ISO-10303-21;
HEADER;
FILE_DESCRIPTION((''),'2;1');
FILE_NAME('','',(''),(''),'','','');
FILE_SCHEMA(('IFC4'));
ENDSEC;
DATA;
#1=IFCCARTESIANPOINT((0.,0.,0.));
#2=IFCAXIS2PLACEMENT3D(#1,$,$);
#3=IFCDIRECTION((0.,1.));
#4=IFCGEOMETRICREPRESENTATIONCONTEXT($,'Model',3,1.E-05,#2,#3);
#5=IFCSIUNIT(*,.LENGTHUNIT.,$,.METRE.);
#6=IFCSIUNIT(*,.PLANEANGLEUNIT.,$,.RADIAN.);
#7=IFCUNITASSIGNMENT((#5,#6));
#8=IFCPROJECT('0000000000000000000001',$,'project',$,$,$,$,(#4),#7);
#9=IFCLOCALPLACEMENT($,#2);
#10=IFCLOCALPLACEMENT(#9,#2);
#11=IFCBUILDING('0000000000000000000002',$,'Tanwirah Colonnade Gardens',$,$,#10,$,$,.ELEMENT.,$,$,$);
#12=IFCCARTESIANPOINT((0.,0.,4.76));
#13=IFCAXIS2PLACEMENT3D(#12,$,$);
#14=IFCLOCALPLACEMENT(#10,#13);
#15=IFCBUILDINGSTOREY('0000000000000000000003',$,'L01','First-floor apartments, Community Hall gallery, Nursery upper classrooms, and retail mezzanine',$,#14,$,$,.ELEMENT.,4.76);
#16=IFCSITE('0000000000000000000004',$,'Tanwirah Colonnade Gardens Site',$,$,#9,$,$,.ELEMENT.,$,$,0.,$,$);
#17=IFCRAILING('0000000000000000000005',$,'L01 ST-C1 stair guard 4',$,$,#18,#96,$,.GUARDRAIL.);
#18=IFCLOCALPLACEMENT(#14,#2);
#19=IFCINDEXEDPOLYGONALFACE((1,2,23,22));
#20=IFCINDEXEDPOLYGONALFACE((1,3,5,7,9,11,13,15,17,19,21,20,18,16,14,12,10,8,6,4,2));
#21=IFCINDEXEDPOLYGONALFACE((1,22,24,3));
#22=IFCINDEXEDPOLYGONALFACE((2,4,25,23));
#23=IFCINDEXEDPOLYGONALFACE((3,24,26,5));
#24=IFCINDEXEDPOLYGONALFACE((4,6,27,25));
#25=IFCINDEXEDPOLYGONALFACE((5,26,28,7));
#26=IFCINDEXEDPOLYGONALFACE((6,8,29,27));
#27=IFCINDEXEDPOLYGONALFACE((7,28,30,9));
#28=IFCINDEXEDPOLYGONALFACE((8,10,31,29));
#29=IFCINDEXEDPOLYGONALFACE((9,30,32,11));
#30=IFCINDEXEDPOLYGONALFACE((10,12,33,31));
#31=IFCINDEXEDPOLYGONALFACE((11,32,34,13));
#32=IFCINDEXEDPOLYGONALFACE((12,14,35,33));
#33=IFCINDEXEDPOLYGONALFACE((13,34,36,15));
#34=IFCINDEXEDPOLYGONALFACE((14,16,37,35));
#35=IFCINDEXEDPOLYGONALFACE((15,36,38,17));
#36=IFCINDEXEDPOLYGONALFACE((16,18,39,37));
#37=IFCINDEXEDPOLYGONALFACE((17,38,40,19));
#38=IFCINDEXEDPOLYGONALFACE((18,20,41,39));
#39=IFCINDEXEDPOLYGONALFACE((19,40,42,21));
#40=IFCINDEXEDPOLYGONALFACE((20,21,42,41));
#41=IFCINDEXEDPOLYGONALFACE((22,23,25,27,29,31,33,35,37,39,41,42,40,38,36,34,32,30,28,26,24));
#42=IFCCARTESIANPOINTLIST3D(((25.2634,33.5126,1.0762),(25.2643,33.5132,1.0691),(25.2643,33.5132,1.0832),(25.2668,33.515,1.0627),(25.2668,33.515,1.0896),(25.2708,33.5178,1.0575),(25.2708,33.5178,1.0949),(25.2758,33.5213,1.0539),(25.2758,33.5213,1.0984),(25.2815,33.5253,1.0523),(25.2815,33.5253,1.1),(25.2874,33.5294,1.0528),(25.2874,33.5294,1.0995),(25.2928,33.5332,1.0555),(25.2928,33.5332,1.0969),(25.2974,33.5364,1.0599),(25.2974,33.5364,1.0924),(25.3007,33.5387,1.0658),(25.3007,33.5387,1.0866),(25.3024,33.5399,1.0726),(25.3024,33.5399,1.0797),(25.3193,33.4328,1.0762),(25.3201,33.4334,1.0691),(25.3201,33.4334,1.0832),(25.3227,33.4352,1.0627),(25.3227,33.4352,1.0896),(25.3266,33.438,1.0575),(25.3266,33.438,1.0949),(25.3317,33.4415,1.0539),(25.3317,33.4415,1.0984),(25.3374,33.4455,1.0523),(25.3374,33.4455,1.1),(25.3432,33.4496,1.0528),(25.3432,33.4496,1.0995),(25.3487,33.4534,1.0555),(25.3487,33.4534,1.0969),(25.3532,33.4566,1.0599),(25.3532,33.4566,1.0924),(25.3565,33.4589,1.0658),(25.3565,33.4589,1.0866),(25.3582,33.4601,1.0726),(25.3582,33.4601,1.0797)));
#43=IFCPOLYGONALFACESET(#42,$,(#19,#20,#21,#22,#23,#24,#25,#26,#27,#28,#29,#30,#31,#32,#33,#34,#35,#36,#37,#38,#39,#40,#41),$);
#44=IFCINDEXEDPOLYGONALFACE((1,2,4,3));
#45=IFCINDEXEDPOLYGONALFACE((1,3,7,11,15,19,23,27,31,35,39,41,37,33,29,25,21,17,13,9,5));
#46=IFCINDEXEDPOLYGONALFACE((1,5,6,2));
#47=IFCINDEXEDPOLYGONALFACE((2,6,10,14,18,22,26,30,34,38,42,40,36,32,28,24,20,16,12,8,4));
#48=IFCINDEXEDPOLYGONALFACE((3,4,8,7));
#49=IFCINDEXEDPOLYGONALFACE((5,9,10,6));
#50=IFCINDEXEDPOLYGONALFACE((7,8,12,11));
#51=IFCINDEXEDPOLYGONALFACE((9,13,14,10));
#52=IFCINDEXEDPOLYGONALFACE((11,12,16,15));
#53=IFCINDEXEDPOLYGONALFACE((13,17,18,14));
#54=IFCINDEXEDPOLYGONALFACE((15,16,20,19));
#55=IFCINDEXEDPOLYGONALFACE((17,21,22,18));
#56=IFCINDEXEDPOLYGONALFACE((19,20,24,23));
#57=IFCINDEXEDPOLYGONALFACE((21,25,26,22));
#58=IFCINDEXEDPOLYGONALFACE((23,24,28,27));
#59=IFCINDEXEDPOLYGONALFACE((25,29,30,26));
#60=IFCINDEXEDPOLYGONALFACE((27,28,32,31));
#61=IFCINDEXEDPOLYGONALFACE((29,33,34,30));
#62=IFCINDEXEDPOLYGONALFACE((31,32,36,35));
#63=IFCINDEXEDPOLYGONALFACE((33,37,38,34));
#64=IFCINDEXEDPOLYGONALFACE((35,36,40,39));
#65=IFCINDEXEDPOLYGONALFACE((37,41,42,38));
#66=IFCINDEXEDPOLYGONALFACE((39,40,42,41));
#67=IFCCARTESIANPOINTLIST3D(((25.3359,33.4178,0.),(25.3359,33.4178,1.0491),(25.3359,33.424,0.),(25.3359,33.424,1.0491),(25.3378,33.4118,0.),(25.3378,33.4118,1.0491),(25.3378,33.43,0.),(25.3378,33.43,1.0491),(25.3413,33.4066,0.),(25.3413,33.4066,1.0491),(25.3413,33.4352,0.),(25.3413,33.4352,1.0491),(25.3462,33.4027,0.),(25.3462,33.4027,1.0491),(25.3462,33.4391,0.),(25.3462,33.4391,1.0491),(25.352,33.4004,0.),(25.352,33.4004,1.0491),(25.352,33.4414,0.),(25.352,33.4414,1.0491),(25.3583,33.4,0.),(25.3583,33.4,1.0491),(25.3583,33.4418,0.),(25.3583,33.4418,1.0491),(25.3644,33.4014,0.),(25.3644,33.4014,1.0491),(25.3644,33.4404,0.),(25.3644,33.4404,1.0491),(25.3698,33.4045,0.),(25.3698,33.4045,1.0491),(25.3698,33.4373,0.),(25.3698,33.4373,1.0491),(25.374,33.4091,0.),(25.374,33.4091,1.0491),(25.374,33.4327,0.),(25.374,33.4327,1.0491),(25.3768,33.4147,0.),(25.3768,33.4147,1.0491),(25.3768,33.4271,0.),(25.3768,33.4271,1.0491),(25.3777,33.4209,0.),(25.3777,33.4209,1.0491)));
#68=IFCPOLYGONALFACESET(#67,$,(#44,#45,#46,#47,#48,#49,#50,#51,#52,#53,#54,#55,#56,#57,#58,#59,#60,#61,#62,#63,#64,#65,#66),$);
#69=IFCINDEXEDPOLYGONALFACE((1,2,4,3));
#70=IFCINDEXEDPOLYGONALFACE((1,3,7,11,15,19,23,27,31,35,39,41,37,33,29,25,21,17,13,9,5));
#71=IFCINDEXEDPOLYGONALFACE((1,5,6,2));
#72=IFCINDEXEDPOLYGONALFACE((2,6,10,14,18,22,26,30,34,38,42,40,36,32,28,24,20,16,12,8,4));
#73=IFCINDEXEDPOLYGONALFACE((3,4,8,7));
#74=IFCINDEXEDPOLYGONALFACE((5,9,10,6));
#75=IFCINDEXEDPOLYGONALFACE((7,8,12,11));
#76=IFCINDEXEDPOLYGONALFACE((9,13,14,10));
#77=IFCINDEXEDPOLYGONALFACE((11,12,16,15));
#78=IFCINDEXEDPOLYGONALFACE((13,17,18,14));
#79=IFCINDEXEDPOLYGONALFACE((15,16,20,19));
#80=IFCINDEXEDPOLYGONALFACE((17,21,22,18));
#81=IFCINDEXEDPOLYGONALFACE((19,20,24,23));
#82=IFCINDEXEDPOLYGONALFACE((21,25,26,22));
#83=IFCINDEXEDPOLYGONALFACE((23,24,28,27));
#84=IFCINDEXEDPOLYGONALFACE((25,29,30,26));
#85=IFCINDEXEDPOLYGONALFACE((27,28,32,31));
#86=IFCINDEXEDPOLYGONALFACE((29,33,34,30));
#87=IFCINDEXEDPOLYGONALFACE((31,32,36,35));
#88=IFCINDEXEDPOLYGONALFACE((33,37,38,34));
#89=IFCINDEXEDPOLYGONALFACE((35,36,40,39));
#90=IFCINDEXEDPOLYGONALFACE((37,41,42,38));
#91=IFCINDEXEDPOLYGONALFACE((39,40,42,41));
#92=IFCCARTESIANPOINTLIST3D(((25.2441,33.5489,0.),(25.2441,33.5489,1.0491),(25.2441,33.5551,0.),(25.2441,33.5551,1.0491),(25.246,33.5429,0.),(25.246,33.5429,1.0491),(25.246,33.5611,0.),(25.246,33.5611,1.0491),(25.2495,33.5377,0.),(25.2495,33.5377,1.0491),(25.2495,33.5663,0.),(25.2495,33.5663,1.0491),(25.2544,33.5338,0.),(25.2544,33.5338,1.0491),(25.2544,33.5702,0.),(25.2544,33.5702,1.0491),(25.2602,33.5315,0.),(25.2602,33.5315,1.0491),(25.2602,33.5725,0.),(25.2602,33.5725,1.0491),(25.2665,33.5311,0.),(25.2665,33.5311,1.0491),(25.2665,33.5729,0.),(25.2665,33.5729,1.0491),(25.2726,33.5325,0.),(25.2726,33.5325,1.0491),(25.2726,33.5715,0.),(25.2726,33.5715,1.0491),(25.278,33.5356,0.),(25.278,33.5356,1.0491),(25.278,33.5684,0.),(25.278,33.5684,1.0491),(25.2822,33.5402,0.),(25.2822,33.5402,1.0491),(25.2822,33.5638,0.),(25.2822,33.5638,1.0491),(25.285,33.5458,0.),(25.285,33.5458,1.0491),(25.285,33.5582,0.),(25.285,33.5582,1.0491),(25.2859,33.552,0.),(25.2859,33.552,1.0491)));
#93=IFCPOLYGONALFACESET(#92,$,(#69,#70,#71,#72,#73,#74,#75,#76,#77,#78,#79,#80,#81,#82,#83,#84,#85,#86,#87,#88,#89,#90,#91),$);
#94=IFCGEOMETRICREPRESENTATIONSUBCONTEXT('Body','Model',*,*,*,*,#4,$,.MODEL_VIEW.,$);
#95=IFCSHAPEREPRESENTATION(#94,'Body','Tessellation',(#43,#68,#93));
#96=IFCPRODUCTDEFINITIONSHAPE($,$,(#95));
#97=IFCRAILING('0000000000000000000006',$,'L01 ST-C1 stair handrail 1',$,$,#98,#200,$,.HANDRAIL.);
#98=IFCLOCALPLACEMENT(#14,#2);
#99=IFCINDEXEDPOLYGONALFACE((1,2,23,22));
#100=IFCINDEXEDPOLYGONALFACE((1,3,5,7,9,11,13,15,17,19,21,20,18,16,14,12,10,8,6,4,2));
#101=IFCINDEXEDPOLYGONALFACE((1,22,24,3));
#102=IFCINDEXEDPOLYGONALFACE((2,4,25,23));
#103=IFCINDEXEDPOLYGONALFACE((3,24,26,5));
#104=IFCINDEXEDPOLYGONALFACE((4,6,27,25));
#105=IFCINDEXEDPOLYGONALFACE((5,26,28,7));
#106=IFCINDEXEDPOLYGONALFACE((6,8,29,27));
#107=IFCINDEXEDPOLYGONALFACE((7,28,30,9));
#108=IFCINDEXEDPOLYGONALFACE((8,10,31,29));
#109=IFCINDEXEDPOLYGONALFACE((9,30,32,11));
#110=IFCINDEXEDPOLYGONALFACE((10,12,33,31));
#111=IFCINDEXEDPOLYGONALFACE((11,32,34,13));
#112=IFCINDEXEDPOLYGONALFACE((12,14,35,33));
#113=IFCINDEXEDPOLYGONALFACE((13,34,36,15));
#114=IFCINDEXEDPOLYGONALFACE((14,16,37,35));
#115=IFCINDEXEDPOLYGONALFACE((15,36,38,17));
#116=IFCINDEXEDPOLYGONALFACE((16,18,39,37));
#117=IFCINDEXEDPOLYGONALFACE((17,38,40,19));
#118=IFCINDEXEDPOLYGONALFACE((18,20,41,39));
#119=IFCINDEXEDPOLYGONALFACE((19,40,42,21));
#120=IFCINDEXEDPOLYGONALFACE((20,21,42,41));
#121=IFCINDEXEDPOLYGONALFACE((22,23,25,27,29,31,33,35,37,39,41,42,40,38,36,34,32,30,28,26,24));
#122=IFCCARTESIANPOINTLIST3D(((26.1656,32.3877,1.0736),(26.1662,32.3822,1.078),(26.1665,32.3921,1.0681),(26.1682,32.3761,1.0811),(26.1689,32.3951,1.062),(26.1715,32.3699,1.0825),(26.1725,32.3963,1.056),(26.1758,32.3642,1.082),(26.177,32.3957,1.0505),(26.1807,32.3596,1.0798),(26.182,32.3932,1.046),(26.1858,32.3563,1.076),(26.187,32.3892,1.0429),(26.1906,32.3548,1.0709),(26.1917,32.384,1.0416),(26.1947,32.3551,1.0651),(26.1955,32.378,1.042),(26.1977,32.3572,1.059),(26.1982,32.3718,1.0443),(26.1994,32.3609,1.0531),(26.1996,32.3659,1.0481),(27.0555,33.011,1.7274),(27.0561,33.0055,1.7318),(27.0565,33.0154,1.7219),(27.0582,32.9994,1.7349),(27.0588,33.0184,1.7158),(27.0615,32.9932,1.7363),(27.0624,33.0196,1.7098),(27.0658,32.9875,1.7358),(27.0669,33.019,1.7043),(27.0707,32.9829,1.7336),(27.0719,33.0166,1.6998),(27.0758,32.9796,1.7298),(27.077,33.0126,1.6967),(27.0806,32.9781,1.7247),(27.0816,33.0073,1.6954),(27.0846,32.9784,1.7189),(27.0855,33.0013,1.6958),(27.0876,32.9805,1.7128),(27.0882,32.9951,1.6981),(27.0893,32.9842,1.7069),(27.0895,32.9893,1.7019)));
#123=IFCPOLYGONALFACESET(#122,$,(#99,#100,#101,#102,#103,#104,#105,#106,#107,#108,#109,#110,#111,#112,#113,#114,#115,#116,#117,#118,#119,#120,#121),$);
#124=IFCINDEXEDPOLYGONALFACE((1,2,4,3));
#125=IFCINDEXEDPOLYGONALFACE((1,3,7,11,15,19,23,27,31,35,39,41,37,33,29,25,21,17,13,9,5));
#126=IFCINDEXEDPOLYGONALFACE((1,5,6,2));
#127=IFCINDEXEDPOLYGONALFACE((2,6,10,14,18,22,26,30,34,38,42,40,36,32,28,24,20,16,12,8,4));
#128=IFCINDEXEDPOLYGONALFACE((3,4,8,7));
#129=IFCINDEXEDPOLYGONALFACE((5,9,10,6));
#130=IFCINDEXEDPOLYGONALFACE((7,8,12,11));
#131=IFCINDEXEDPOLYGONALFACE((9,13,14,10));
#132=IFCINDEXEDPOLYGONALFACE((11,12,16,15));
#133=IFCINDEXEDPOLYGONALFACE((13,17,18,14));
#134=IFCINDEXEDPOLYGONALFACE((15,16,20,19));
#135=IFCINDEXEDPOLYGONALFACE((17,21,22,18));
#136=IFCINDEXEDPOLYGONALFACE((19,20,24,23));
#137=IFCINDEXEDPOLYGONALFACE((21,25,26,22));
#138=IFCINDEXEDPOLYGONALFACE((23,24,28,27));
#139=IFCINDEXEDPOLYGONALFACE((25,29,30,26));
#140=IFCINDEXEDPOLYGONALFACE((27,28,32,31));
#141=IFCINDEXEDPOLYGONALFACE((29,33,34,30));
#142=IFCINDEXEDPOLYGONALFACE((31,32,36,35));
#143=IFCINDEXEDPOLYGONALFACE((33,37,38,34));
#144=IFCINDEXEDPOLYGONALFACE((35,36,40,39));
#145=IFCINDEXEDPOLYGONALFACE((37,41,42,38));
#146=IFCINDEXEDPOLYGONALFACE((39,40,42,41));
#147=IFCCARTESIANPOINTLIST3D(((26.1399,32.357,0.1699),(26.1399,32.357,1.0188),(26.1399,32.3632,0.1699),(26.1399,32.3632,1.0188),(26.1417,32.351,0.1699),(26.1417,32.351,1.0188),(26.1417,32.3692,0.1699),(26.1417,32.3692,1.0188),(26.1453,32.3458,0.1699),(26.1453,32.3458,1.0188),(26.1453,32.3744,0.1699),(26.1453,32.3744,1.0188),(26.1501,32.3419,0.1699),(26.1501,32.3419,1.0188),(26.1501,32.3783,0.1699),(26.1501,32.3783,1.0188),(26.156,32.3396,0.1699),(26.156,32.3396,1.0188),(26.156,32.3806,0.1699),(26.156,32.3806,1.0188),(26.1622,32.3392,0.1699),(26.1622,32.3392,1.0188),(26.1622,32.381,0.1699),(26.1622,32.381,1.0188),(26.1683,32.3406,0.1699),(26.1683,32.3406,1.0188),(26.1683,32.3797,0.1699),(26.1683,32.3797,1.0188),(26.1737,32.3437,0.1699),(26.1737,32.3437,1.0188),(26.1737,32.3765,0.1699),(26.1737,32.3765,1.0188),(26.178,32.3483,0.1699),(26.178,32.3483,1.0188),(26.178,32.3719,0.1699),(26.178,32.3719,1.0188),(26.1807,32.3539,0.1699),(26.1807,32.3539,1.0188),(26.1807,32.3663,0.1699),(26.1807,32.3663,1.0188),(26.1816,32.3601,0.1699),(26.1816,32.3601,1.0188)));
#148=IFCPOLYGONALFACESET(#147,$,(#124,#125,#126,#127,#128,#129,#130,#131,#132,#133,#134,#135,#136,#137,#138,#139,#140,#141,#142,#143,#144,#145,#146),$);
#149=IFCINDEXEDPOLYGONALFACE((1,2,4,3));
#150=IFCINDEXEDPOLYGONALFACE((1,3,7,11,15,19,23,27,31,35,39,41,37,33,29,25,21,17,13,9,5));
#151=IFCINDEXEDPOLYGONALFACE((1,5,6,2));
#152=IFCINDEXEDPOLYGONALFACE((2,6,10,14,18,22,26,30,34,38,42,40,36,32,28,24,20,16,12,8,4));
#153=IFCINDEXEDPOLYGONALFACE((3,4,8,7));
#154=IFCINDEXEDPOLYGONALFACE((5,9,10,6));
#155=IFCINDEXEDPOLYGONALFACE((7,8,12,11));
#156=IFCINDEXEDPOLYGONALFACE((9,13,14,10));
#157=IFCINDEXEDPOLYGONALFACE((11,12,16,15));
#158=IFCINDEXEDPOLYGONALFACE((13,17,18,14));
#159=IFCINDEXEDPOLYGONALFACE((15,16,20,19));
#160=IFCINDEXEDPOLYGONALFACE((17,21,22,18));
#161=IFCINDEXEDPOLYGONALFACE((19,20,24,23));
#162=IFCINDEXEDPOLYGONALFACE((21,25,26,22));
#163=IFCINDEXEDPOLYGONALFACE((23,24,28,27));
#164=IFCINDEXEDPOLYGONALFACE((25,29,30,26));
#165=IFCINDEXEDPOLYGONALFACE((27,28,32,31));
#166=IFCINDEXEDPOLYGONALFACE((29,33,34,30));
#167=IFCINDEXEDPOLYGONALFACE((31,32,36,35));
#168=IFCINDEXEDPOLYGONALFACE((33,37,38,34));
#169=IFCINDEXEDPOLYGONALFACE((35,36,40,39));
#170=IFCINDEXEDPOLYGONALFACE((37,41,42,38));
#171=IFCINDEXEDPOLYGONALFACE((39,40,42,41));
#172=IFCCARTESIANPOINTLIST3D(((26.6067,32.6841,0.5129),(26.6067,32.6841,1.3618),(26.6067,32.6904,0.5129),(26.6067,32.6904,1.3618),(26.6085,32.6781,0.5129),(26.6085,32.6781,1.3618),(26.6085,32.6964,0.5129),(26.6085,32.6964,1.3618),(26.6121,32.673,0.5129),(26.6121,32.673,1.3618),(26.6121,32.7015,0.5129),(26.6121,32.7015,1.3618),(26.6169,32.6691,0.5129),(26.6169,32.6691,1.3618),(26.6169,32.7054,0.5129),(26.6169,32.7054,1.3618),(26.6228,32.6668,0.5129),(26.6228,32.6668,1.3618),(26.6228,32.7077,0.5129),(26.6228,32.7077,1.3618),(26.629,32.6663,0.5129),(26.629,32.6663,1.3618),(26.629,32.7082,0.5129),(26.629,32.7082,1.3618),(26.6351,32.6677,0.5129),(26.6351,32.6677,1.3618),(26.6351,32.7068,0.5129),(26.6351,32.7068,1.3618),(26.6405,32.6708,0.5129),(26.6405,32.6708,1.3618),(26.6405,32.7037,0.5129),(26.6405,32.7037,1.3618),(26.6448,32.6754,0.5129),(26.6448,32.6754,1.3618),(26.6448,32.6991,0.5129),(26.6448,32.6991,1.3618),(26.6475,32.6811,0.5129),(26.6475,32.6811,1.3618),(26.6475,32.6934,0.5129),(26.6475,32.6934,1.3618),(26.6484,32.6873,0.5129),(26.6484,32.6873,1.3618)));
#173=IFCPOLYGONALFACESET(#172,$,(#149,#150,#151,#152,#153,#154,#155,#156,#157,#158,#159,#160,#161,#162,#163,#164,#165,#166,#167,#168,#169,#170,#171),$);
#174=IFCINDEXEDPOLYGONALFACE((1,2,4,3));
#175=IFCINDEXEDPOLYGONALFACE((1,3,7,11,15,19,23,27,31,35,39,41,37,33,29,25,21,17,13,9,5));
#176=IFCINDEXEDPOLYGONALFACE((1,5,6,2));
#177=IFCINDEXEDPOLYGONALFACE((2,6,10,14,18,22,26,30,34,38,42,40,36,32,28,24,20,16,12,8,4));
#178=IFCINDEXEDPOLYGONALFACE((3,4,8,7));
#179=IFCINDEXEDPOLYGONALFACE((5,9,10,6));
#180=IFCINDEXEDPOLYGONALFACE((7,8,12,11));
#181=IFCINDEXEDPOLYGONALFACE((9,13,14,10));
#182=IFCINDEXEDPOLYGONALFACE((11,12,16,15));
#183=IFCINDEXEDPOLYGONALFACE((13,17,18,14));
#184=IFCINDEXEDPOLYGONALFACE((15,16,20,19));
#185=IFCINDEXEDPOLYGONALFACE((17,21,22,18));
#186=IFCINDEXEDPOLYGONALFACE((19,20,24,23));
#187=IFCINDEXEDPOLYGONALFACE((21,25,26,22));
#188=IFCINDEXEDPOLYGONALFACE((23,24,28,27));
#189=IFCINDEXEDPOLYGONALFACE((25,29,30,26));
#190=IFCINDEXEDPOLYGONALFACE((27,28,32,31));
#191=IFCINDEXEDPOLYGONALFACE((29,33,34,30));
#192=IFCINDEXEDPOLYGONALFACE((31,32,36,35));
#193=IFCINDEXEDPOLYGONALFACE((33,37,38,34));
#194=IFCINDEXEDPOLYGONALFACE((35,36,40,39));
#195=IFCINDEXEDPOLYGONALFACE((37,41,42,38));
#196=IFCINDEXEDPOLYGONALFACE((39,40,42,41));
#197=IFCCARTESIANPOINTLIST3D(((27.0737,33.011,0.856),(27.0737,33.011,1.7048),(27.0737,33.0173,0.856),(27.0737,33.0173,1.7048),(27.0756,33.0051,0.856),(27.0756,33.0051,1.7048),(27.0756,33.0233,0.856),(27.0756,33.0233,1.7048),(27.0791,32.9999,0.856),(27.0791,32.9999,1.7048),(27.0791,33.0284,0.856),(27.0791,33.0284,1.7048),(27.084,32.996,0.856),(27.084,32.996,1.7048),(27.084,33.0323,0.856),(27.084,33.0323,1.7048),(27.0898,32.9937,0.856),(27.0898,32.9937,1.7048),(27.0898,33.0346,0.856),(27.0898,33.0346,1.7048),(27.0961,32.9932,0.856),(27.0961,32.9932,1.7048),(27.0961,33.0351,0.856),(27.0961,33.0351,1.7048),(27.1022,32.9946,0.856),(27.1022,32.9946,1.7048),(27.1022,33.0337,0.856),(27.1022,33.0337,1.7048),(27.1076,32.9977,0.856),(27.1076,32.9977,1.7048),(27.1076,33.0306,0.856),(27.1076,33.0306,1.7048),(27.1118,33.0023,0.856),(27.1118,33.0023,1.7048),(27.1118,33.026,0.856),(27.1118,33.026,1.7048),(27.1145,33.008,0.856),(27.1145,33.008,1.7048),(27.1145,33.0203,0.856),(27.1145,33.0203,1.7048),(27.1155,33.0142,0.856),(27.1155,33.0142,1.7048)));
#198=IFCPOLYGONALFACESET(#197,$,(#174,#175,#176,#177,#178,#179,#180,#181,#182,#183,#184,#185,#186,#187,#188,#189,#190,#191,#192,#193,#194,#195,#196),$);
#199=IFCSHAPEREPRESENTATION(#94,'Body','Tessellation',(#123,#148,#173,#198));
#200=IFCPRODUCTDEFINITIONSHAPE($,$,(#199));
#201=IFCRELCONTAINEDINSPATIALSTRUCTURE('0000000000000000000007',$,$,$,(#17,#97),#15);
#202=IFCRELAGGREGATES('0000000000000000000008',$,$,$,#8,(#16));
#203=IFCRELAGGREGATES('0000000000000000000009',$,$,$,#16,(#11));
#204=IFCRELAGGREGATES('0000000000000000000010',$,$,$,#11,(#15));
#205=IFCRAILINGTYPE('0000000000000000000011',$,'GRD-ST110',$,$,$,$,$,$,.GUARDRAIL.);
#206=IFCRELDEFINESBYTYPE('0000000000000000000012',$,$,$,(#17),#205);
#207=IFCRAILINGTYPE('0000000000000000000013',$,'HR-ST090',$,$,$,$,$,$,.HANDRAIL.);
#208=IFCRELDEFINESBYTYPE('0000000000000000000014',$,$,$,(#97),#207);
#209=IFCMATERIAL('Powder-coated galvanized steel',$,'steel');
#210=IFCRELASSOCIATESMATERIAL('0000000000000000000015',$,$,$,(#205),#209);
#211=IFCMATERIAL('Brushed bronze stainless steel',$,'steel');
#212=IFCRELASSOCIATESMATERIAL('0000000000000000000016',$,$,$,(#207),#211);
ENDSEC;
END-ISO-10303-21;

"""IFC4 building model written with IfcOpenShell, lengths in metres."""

from ifc_helpers import new_model, si_unit, direction, frame, origin, origin_2d, place, context, subcontext, project, spatial, circle, extrude, material, type_object, element, save


model = new_model("IFC4")

# Units and contexts
model_context = context("Model", 3, precision=1e-05, world=origin(), true_north=direction((0.0, 1.0)))
body_context = subcontext(model_context, "Body", "Model", "MODEL_VIEW")
ifc_project = project(units=[si_unit("LENGTHUNIT", "METRE"), si_unit("PLANEANGLEUNIT", "RADIAN")], contexts=[model_context])

# Site, building, storey
site_placement = place(None, origin())
site = spatial("IfcSite", under=ifc_project, at=site_placement, Name="Tanwirah Colonnade Gardens Site", CompositionType="ELEMENT", RefElevation=0.0)
building_placement = place(site_placement, origin())
building = spatial("IfcBuilding", under=site, at=building_placement, Name="Tanwirah Colonnade Gardens", CompositionType="ELEMENT")
storey_placement = place(building_placement, frame((0.0, 0.0, 4.76)))
storey = spatial("IfcBuildingStorey", under=building, at=storey_placement, Name="L01", Description="First-floor apartments, Community Hall gallery, Nursery upper classrooms, and retail mezzanine", CompositionType="ELEMENT", Elevation=4.76)

# Railings
ifc_material_1 = material(Name="Powder-coated galvanized steel", Category="steel")
railing_type_1 = type_object("IfcRailingType", Name="GRD-ST110", PredefinedType="GUARDRAIL", material=ifc_material_1)
railing_1_placement = place(storey_placement, frame((25.3567, 33.4209, 0.0)))
element("IfcRailing", 1, at=railing_1_placement, inside=storey, type_object=railing_type_1, Name="L01 ST-C1 stair guard 4", PredefinedType="GUARDRAIL", context=body_context, shape_type="SweptSolid", body=[
    extrude(circle(Radius=0.0239, at=origin_2d()), frame((-0.0178, 0.0256, 1.0762), z_axis=(-0.573565, 0.81916, 0.0), x_axis=(-0.81916, -0.573565, 0.0)), (0.0, 0.0, 1.0), 0.0974),
    extrude(circle(Radius=0.021, at=origin_2d()), origin(), (0.0, 0.0, 1.0), 1.0491),
    extrude(circle(Radius=0.021, at=origin_2d()), frame((-0.0918, 0.1311, 0.0)), (0.0, 0.0, 1.0), 1.0491),
])
ifc_material_2 = material(Name="Brushed bronze stainless steel", Category="steel")
railing_type_2 = type_object("IfcRailingType", Name="HR-ST090", PredefinedType="HANDRAIL", material=ifc_material_2)
railing_2_placement = place(storey_placement, frame((26.1606, 32.3601, 0.1699)))
element("IfcRailing", 2, at=railing_2_placement, inside=storey, type_object=railing_type_2, Name="L01 ST-C1 stair handrail 1", PredefinedType="HANDRAIL", context=body_context, shape_type="SweptSolid", body=[
    extrude(circle(Radius=0.0239, at=origin_2d()), frame((0.022, 0.0154, 0.8921), z_axis=(0.70182, 0.491549, 0.515585), x_axis=(-0.573678, 0.819081, 0.0)), (0.0, 0.0, 1.0), 1.2681),
    extrude(circle(Radius=0.021, at=origin_2d()), origin(), (0.0, 0.0, 1.0), 0.8489),
    extrude(circle(Radius=0.021, at=origin_2d()), frame((0.4668, 0.3271, 0.343)), (0.0, 0.0, 1.0), 0.8489),
    extrude(circle(Radius=0.021, at=origin_2d()), frame((0.9338, 0.6541, 0.686)), (0.0, 0.0, 1.0), 0.8489),
])

save(model, "model.ifc")
